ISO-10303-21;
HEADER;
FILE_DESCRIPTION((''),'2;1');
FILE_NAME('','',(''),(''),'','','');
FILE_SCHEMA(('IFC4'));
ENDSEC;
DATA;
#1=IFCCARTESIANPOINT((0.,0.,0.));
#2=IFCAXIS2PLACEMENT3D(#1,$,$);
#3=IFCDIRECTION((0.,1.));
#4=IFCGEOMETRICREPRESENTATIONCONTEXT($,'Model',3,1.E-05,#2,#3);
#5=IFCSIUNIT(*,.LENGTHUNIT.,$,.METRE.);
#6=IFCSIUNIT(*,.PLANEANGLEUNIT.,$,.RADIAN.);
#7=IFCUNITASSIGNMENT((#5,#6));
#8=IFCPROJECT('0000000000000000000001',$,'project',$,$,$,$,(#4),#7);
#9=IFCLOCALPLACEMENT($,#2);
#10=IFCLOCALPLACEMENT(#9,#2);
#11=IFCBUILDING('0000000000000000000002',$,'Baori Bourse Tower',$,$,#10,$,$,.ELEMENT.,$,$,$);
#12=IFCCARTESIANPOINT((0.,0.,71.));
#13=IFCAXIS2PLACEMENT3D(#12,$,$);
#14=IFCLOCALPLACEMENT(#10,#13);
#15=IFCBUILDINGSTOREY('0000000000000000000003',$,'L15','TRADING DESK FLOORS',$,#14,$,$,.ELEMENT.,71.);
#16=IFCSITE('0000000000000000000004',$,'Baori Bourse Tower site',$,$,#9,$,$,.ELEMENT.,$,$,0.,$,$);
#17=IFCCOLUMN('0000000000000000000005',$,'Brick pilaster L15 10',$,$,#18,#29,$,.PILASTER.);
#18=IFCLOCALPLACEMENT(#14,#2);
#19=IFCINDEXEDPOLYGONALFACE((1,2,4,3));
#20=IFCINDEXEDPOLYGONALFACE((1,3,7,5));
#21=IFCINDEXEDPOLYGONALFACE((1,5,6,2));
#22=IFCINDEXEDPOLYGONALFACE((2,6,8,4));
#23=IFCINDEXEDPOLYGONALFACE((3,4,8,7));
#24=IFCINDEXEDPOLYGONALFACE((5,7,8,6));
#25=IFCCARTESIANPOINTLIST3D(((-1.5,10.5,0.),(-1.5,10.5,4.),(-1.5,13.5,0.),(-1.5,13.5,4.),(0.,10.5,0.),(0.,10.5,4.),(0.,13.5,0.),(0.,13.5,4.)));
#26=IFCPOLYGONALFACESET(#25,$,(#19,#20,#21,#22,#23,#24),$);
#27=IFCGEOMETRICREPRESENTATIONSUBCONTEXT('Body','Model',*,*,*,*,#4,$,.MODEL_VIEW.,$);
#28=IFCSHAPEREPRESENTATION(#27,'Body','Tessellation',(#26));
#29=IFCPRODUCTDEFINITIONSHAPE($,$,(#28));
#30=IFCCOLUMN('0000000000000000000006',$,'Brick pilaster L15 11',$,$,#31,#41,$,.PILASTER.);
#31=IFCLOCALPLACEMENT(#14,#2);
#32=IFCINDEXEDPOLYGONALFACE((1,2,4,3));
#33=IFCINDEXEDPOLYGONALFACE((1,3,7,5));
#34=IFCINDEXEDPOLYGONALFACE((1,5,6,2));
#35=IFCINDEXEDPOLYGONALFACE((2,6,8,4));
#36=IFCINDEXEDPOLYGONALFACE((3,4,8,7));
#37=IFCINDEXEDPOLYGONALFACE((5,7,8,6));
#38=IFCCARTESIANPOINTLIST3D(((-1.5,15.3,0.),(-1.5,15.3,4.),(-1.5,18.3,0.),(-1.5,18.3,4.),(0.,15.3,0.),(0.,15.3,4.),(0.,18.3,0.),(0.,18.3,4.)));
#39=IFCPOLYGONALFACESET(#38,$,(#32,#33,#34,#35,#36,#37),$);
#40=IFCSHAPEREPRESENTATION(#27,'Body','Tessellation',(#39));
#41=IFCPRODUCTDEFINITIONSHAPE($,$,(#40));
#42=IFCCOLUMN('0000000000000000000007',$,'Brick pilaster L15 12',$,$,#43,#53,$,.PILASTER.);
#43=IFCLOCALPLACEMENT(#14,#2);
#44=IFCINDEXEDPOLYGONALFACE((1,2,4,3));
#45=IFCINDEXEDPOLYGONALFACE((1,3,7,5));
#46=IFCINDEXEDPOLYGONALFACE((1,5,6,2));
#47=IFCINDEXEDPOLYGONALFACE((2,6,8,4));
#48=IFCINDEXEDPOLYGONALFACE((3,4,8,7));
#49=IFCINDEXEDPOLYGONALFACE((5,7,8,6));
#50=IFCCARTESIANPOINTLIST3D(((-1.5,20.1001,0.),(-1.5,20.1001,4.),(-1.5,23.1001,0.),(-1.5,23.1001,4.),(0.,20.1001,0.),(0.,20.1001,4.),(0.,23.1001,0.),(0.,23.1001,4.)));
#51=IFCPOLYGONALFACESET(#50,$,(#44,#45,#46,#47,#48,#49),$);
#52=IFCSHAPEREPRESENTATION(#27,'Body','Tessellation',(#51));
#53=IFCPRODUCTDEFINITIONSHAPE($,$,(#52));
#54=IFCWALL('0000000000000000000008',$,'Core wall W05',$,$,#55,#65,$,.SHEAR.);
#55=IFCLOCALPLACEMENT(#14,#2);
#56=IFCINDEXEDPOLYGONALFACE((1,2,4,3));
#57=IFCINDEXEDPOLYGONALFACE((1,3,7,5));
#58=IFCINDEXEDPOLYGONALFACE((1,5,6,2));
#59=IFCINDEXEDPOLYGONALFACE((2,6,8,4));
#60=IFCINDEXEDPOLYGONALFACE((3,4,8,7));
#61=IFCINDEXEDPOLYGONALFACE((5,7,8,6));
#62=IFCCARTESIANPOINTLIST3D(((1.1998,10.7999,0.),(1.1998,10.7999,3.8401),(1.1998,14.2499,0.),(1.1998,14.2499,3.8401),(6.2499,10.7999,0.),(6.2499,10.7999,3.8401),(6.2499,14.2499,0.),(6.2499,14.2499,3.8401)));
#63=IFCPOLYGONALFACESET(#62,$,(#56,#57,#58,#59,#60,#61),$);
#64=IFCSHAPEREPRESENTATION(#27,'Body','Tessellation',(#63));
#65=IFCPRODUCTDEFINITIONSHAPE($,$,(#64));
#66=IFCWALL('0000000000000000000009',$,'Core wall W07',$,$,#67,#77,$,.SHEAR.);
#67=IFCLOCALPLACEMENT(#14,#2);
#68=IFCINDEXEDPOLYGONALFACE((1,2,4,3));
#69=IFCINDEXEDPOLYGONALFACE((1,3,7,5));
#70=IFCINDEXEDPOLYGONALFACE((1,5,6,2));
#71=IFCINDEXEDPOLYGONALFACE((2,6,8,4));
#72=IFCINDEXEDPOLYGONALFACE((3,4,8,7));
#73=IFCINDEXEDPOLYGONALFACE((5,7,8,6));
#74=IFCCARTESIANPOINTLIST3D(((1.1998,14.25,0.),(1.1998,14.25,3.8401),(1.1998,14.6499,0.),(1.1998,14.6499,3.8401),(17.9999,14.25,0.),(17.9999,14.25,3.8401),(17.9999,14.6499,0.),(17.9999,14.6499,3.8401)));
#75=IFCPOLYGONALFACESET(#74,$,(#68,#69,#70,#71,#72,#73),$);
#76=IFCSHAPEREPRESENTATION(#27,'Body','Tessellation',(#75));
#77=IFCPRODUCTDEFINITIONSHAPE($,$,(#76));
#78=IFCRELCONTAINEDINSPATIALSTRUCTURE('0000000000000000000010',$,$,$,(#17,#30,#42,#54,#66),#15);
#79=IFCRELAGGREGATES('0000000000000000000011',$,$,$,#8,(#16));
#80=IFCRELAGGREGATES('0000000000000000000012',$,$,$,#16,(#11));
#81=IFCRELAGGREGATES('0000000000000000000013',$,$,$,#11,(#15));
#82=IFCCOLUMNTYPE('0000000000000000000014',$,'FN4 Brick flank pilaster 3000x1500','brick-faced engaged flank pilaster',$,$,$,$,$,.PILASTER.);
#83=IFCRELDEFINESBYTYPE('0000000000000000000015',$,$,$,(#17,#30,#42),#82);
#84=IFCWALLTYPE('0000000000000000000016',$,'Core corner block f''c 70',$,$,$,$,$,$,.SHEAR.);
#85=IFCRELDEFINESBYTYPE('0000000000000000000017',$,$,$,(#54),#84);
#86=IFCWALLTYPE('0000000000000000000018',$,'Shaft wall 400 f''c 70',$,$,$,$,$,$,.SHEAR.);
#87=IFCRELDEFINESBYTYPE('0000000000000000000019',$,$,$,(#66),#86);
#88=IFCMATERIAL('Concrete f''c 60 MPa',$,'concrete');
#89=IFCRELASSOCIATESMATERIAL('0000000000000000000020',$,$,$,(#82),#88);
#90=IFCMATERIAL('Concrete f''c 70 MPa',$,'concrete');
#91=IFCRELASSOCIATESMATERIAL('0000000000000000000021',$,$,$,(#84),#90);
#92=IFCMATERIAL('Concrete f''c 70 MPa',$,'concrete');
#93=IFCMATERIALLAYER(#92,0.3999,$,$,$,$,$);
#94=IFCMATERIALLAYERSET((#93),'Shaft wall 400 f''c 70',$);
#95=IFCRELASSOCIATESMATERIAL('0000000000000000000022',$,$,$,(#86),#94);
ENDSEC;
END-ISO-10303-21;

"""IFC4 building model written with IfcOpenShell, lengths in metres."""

from ifc_helpers import new_model, si_unit, direction, frame, frame_2d, origin, origin_2d, place, context, subcontext, project, spatial, rectangle, extrude, material, layer, layer_set, material_profile, profile_set, type_object, element, save


model = new_model("IFC4")

# Units and contexts
model_context = context("Model", 3, precision=1e-05, world=origin(), true_north=direction((0.0, 1.0)))
body_context = subcontext(model_context, "Body", "Model", "MODEL_VIEW")
ifc_project = project(units=[si_unit("LENGTHUNIT", "METRE"), si_unit("PLANEANGLEUNIT", "RADIAN")], contexts=[model_context])

# Site, building, storey
site_placement = place(None, origin())
site = spatial("IfcSite", under=ifc_project, at=site_placement, Name="Baori Bourse Tower site", CompositionType="ELEMENT", RefElevation=0.0)
building_placement = place(site_placement, origin())
building = spatial("IfcBuilding", under=site, at=building_placement, Name="Baori Bourse Tower", CompositionType="ELEMENT")
storey_placement = place(building_placement, frame((0.0, 0.0, 71.0)))
storey = spatial("IfcBuildingStorey", under=building, at=storey_placement, Name="L15", Description="TRADING DESK FLOORS", CompositionType="ELEMENT", Elevation=71.0)

# Columns
ifc_material_1 = material(Name="Concrete f'c 60 MPa", Category="concrete")
ifc_material_profile = material_profile(ifc_material_1, rectangle(XDim=3.0, YDim=1.5, at=origin_2d()), Name="RC 3000x1500")
ifc_profile_set = profile_set([ifc_material_profile], Name="Concrete f'c 60 MPa")
column_type = type_object("IfcColumnType", Name="FN4 Brick flank pilaster 3000x1500", Description="brick-faced engaged flank pilaster", PredefinedType="PILASTER", material=ifc_profile_set)
for number, where, z_axis, x_axis, name in (
    (1, (-0.75, 12.0, 0.0), (0.0, 0.0, 1.0), (0.0, 1.0, 0.0), "Brick pilaster L15 10"),
    (2, (-0.75, 16.8, 0.0), (0.0, 0.0, 1.0), (0.0, 1.0, 0.0), "Brick pilaster L15 11"),
    (3, (-0.75, 21.6001, 0.0), (0.0, 0.0, 1.0), (0.0, 1.0, 0.0), "Brick pilaster L15 12"),
):
    element("IfcColumn", number, at=place(storey_placement, frame(where, z_axis=z_axis, x_axis=x_axis)), inside=storey, type_object=column_type, Name=name, PredefinedType="PILASTER", context=body_context, shape_type="SweptSolid", body=[
        extrude(rectangle(XDim=3.0, YDim=1.5, at=origin_2d()), origin(), (0.0, 0.0, 1.0), 4.0),
    ])

# Walls
ifc_material_2 = material(Name="Concrete f'c 70 MPa", Category="concrete")
wall_type_1 = type_object("IfcWallType", Name="Core corner block f'c 70", PredefinedType="SHEAR", material=ifc_material_2)
wall_1_placement = place(storey_placement, frame((1.2, 12.5249, 0.0), z_axis=(0.0, 0.0, 1.0), x_axis=(1.0, 0.0, 0.0)))
element("IfcWall", 4, at=wall_1_placement, inside=storey, type_object=wall_type_1, Name="Core wall W05", PredefinedType="SHEAR", context=body_context, shape_type="SweptSolid", body=[
    extrude(rectangle(XDim=5.05, YDim=3.45, at=frame_2d((2.5249, 0.0))), origin(), (0.0, 0.0, 1.0), 3.8401),
])
ifc_material_3 = material(Name="Concrete f'c 70 MPa", Category="concrete")
ifc_layer_1 = layer(ifc_material_3, 0.3999)
ifc_layer_set_1 = layer_set([ifc_layer_1], Name="Shaft wall 400 f'c 70")
wall_type_2 = type_object("IfcWallType", Name="Shaft wall 400 f'c 70", PredefinedType="SHEAR", material=ifc_layer_set_1)
wall_2_placement = place(storey_placement, frame((1.2, 14.45, 0.0), z_axis=(0.0, 0.0, 1.0), x_axis=(1.0, 0.0, 0.0)))
element("IfcWall", 5, at=wall_2_placement, inside=storey, type_object=wall_type_2, Name="Core wall W07", PredefinedType="SHEAR", context=body_context, shape_type="SweptSolid", body=[
    extrude(rectangle(XDim=16.8, YDim=0.3999, at=frame_2d((8.3999, 0.0))), origin(), (0.0, 0.0, 1.0), 3.8401),
])

save(model, "model.ifc")
